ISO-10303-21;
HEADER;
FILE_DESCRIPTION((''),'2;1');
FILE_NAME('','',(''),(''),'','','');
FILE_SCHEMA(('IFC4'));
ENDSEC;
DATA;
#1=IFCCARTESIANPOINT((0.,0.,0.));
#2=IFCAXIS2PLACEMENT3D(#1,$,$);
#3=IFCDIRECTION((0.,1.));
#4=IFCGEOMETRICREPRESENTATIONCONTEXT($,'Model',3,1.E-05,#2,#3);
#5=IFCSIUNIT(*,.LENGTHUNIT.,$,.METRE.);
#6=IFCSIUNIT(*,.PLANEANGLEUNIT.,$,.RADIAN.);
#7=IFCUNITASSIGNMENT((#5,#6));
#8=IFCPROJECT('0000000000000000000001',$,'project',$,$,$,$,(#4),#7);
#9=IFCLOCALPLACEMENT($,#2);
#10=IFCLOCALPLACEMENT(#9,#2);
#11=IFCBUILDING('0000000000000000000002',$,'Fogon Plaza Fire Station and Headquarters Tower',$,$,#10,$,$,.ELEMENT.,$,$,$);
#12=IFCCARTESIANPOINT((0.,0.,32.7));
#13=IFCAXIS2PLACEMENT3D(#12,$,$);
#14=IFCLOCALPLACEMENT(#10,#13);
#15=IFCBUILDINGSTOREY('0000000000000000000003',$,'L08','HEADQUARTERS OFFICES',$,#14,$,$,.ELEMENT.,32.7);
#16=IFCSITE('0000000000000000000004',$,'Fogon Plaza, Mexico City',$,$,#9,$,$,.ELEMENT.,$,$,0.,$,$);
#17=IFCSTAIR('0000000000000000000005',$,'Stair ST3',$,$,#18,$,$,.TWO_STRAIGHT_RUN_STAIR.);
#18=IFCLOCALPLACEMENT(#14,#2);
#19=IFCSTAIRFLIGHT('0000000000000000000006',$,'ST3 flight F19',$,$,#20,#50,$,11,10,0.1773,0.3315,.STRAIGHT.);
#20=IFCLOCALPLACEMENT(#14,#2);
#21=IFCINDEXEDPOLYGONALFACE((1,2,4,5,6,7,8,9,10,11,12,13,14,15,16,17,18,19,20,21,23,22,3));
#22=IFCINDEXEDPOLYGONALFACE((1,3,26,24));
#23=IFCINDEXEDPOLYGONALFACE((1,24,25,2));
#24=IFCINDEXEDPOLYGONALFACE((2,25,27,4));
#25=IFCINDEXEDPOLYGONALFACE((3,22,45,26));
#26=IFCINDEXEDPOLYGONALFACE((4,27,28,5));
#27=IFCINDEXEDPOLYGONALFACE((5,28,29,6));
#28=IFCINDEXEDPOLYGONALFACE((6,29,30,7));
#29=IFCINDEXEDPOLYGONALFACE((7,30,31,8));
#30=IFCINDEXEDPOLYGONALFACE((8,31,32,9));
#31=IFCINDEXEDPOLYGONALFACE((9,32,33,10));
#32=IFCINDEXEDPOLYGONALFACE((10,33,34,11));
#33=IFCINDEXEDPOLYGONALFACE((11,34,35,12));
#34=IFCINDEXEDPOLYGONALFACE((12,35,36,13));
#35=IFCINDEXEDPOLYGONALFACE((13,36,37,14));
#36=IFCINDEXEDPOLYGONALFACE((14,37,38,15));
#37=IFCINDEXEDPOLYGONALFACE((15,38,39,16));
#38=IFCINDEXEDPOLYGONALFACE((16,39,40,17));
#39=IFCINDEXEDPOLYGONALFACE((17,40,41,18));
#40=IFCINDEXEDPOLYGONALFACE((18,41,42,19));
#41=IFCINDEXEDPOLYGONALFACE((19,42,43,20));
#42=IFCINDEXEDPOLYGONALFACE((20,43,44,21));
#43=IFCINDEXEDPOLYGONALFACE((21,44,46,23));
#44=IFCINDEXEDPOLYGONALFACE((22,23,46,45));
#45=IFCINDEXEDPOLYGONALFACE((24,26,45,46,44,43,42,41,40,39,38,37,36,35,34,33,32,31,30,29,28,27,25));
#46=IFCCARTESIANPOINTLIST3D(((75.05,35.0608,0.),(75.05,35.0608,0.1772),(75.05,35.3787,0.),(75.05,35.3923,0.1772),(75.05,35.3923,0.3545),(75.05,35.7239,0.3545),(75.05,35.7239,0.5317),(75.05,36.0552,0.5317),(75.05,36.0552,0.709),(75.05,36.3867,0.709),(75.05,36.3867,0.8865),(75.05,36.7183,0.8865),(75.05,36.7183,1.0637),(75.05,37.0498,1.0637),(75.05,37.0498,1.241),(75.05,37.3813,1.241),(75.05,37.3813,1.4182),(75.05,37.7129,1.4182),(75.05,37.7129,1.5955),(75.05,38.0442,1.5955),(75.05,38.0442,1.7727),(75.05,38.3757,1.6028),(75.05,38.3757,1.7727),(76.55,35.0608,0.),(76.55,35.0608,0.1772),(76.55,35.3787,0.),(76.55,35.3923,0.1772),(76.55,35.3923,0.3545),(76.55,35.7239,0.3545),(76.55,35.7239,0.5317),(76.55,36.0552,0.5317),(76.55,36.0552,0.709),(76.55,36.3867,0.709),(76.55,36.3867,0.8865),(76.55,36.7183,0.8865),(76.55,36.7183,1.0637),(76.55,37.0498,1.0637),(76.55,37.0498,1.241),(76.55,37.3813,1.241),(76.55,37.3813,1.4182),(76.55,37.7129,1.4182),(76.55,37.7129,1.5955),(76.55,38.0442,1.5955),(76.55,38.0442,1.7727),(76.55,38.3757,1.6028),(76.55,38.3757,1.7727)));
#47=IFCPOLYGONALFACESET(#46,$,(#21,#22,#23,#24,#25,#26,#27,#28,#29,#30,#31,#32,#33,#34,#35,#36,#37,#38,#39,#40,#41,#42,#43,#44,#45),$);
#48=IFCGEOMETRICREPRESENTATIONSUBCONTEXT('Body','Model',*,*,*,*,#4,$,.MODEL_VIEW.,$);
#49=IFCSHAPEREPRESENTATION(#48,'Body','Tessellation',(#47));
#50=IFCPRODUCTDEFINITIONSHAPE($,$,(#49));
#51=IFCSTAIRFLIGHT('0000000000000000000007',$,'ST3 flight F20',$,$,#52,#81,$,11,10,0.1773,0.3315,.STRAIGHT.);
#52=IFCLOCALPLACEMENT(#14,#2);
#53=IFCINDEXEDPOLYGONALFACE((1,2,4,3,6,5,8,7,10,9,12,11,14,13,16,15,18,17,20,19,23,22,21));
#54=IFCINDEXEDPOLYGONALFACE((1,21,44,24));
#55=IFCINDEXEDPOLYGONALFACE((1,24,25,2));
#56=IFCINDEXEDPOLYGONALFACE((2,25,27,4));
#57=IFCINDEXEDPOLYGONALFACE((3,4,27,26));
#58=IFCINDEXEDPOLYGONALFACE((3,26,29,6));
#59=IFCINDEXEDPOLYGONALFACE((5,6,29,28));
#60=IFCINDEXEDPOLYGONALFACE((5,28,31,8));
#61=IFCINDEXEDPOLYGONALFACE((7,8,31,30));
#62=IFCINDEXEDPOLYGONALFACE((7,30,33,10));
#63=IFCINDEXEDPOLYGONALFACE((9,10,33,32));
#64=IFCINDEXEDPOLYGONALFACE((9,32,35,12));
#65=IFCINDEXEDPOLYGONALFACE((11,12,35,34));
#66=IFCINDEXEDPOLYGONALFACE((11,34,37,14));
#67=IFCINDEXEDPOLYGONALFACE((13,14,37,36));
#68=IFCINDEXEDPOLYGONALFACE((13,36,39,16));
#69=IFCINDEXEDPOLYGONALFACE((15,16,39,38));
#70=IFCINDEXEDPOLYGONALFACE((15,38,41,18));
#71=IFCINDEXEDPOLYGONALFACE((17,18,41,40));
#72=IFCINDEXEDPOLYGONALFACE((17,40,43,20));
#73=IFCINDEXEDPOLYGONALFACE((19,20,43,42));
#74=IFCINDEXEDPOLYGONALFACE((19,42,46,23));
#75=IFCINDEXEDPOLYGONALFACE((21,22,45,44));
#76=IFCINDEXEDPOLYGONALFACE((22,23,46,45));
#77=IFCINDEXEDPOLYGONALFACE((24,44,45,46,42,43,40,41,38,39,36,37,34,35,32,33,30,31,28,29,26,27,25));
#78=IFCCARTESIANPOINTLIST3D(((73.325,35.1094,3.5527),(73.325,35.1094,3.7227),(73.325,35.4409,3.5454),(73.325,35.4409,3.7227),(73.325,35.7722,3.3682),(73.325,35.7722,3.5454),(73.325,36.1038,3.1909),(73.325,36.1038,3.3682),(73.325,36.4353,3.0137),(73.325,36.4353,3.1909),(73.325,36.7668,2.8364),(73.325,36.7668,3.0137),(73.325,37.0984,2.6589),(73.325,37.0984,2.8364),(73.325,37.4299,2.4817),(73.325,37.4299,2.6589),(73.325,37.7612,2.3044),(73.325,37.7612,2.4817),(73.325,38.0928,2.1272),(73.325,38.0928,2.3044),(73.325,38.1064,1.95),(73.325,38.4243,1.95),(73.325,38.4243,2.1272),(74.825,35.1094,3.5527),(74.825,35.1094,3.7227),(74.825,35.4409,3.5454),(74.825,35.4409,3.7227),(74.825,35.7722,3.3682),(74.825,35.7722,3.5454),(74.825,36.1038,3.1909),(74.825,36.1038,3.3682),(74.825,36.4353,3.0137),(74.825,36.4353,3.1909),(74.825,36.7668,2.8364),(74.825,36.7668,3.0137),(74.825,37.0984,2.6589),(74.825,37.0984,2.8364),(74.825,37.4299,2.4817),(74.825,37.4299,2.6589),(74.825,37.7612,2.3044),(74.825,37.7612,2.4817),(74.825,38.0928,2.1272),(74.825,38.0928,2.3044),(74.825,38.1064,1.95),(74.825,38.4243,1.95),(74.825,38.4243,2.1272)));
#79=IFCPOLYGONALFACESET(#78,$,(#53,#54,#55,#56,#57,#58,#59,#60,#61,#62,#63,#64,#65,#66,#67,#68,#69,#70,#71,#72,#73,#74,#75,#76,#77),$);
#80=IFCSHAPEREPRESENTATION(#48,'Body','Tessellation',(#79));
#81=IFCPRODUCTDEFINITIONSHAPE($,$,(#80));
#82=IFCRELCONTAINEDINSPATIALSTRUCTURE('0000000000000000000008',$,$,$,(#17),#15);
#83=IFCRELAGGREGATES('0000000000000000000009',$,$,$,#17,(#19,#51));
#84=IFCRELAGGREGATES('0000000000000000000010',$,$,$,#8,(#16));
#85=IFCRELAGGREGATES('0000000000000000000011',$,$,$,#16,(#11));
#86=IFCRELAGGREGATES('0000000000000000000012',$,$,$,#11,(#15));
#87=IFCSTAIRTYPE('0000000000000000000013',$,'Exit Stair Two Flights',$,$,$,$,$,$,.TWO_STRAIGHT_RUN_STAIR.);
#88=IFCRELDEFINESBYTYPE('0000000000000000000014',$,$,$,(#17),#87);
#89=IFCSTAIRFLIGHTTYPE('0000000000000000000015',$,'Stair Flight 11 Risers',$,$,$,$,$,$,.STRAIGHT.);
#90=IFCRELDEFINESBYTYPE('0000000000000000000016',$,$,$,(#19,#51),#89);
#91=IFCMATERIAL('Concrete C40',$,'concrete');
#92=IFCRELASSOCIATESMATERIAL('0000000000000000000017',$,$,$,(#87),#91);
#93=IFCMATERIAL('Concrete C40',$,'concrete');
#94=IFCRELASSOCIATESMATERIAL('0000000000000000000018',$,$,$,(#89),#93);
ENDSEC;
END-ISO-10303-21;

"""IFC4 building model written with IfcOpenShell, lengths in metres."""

from ifc_helpers import new_model, si_unit, direction, frame, origin, place, context, subcontext, project, spatial, polyline, outline, extrude, material, type_object, element, aggregate, save


model = new_model("IFC4")

# Units and contexts
model_context = context("Model", 3, precision=1e-05, world=origin(), true_north=direction((0.0, 1.0)))
body_context = subcontext(model_context, "Body", "Model", "MODEL_VIEW")
ifc_project = project(units=[si_unit("LENGTHUNIT", "METRE"), si_unit("PLANEANGLEUNIT", "RADIAN")], contexts=[model_context])

# Site, building, storey
site_placement = place(None, origin())
site = spatial("IfcSite", under=ifc_project, at=site_placement, Name="Fogon Plaza, Mexico City", CompositionType="ELEMENT", RefElevation=0.0)
building_placement = place(site_placement, origin())
building = spatial("IfcBuilding", under=site, at=building_placement, Name="Fogon Plaza Fire Station and Headquarters Tower", CompositionType="ELEMENT")
storey_placement = place(building_placement, frame((0.0, 0.0, 32.7)))
storey = spatial("IfcBuildingStorey", under=building, at=storey_placement, Name="L08", Description="HEADQUARTERS OFFICES", CompositionType="ELEMENT", Elevation=32.7)

# Stair, stair flights
ifc_material_1 = material(Name="Concrete C40", Category="concrete")
stair_type = type_object("IfcStairType", Name="Exit Stair Two Flights", PredefinedType="TWO_STRAIGHT_RUN_STAIR", material=ifc_material_1)
stair_placement = place(storey_placement, origin())
stair = element("IfcStair", 1, at=stair_placement, inside=storey, type_object=stair_type, Name="Stair ST3", PredefinedType="TWO_STRAIGHT_RUN_STAIR")
ifc_material_2 = material(Name="Concrete C40", Category="concrete")
stair_flight_type = type_object("IfcStairFlightType", Name="Stair Flight 11 Risers", PredefinedType="STRAIGHT", material=ifc_material_2)
stair_flight_1_placement = place(storey_placement, frame((75.8, 35.0608, 0.0), z_axis=(0.0, 0.0, 1.0), x_axis=(0.0, 1.0, 0.0)))
stair_flight_1 = element("IfcStairFlight", 2, at=stair_flight_1_placement, type_object=stair_flight_type, Name="ST3 flight F19", NumberOfRisers=11, NumberOfTreads=10, PredefinedType="STRAIGHT", RiserHeight=0.1773, TreadLength=0.3315, context=body_context, shape_type="SweptSolid", body=[
    extrude(outline(polyline([(0.0, 0.0), (0.0, 0.1772), (0.3315, 0.1772), (0.3315, 0.3545), (0.6631, 0.3545), (0.6631, 0.5317), (0.9944, 0.5317), (0.9944, 0.709), (1.3259, 0.709), (1.3259, 0.8865), (1.6575, 0.8865), (1.6575, 1.0637), (1.989, 1.0637), (1.989, 1.241), (2.3206, 1.241), (2.3206, 1.4182), (2.6521, 1.4182), (2.6521, 1.5955), (2.9834, 1.5955), (2.9834, 1.7727), (3.3149, 1.7727), (3.3149, 1.95), (3.3149, 1.6028), (0.3179, 0.0), (0.0, 0.0)])), frame((0.0, 0.75, 0.0), z_axis=(0.0, -1.0, 0.0), x_axis=(1.0, 0.0, 0.0)), (0.0, 0.0, 1.0), 1.5),
])
stair_flight_2_placement = place(storey_placement, frame((74.075, 38.4243, 1.95), z_axis=(0.0, 0.0, 1.0), x_axis=(0.0, -1.0, 0.0)))
stair_flight_2 = element("IfcStairFlight", 3, at=stair_flight_2_placement, type_object=stair_flight_type, Name="ST3 flight F20", NumberOfRisers=11, NumberOfTreads=10, PredefinedType="STRAIGHT", RiserHeight=0.1773, TreadLength=0.3315, context=body_context, shape_type="SweptSolid", body=[
    extrude(outline(polyline([(0.0, 0.0), (0.0, 0.1772), (0.3315, 0.1772), (0.3315, 0.3545), (0.6631, 0.3545), (0.6631, 0.5317), (0.9944, 0.5317), (0.9944, 0.709), (1.3259, 0.709), (1.3259, 0.8865), (1.6575, 0.8865), (1.6575, 1.0637), (1.989, 1.0637), (1.989, 1.241), (2.3206, 1.241), (2.3206, 1.4182), (2.6521, 1.4182), (2.6521, 1.5955), (2.9834, 1.5955), (2.9834, 1.7727), (3.3149, 1.7727), (3.3149, 1.95), (3.3149, 1.6028), (0.3179, 0.0), (0.0, 0.0)])), frame((0.0, 0.75, 0.0), z_axis=(0.0, -1.0, 0.0), x_axis=(1.0, 0.0, 0.0)), (0.0, 0.0, 1.0), 1.5),
])
aggregate(stair, [stair_flight_1, stair_flight_2])

save(model, "model.ifc")
